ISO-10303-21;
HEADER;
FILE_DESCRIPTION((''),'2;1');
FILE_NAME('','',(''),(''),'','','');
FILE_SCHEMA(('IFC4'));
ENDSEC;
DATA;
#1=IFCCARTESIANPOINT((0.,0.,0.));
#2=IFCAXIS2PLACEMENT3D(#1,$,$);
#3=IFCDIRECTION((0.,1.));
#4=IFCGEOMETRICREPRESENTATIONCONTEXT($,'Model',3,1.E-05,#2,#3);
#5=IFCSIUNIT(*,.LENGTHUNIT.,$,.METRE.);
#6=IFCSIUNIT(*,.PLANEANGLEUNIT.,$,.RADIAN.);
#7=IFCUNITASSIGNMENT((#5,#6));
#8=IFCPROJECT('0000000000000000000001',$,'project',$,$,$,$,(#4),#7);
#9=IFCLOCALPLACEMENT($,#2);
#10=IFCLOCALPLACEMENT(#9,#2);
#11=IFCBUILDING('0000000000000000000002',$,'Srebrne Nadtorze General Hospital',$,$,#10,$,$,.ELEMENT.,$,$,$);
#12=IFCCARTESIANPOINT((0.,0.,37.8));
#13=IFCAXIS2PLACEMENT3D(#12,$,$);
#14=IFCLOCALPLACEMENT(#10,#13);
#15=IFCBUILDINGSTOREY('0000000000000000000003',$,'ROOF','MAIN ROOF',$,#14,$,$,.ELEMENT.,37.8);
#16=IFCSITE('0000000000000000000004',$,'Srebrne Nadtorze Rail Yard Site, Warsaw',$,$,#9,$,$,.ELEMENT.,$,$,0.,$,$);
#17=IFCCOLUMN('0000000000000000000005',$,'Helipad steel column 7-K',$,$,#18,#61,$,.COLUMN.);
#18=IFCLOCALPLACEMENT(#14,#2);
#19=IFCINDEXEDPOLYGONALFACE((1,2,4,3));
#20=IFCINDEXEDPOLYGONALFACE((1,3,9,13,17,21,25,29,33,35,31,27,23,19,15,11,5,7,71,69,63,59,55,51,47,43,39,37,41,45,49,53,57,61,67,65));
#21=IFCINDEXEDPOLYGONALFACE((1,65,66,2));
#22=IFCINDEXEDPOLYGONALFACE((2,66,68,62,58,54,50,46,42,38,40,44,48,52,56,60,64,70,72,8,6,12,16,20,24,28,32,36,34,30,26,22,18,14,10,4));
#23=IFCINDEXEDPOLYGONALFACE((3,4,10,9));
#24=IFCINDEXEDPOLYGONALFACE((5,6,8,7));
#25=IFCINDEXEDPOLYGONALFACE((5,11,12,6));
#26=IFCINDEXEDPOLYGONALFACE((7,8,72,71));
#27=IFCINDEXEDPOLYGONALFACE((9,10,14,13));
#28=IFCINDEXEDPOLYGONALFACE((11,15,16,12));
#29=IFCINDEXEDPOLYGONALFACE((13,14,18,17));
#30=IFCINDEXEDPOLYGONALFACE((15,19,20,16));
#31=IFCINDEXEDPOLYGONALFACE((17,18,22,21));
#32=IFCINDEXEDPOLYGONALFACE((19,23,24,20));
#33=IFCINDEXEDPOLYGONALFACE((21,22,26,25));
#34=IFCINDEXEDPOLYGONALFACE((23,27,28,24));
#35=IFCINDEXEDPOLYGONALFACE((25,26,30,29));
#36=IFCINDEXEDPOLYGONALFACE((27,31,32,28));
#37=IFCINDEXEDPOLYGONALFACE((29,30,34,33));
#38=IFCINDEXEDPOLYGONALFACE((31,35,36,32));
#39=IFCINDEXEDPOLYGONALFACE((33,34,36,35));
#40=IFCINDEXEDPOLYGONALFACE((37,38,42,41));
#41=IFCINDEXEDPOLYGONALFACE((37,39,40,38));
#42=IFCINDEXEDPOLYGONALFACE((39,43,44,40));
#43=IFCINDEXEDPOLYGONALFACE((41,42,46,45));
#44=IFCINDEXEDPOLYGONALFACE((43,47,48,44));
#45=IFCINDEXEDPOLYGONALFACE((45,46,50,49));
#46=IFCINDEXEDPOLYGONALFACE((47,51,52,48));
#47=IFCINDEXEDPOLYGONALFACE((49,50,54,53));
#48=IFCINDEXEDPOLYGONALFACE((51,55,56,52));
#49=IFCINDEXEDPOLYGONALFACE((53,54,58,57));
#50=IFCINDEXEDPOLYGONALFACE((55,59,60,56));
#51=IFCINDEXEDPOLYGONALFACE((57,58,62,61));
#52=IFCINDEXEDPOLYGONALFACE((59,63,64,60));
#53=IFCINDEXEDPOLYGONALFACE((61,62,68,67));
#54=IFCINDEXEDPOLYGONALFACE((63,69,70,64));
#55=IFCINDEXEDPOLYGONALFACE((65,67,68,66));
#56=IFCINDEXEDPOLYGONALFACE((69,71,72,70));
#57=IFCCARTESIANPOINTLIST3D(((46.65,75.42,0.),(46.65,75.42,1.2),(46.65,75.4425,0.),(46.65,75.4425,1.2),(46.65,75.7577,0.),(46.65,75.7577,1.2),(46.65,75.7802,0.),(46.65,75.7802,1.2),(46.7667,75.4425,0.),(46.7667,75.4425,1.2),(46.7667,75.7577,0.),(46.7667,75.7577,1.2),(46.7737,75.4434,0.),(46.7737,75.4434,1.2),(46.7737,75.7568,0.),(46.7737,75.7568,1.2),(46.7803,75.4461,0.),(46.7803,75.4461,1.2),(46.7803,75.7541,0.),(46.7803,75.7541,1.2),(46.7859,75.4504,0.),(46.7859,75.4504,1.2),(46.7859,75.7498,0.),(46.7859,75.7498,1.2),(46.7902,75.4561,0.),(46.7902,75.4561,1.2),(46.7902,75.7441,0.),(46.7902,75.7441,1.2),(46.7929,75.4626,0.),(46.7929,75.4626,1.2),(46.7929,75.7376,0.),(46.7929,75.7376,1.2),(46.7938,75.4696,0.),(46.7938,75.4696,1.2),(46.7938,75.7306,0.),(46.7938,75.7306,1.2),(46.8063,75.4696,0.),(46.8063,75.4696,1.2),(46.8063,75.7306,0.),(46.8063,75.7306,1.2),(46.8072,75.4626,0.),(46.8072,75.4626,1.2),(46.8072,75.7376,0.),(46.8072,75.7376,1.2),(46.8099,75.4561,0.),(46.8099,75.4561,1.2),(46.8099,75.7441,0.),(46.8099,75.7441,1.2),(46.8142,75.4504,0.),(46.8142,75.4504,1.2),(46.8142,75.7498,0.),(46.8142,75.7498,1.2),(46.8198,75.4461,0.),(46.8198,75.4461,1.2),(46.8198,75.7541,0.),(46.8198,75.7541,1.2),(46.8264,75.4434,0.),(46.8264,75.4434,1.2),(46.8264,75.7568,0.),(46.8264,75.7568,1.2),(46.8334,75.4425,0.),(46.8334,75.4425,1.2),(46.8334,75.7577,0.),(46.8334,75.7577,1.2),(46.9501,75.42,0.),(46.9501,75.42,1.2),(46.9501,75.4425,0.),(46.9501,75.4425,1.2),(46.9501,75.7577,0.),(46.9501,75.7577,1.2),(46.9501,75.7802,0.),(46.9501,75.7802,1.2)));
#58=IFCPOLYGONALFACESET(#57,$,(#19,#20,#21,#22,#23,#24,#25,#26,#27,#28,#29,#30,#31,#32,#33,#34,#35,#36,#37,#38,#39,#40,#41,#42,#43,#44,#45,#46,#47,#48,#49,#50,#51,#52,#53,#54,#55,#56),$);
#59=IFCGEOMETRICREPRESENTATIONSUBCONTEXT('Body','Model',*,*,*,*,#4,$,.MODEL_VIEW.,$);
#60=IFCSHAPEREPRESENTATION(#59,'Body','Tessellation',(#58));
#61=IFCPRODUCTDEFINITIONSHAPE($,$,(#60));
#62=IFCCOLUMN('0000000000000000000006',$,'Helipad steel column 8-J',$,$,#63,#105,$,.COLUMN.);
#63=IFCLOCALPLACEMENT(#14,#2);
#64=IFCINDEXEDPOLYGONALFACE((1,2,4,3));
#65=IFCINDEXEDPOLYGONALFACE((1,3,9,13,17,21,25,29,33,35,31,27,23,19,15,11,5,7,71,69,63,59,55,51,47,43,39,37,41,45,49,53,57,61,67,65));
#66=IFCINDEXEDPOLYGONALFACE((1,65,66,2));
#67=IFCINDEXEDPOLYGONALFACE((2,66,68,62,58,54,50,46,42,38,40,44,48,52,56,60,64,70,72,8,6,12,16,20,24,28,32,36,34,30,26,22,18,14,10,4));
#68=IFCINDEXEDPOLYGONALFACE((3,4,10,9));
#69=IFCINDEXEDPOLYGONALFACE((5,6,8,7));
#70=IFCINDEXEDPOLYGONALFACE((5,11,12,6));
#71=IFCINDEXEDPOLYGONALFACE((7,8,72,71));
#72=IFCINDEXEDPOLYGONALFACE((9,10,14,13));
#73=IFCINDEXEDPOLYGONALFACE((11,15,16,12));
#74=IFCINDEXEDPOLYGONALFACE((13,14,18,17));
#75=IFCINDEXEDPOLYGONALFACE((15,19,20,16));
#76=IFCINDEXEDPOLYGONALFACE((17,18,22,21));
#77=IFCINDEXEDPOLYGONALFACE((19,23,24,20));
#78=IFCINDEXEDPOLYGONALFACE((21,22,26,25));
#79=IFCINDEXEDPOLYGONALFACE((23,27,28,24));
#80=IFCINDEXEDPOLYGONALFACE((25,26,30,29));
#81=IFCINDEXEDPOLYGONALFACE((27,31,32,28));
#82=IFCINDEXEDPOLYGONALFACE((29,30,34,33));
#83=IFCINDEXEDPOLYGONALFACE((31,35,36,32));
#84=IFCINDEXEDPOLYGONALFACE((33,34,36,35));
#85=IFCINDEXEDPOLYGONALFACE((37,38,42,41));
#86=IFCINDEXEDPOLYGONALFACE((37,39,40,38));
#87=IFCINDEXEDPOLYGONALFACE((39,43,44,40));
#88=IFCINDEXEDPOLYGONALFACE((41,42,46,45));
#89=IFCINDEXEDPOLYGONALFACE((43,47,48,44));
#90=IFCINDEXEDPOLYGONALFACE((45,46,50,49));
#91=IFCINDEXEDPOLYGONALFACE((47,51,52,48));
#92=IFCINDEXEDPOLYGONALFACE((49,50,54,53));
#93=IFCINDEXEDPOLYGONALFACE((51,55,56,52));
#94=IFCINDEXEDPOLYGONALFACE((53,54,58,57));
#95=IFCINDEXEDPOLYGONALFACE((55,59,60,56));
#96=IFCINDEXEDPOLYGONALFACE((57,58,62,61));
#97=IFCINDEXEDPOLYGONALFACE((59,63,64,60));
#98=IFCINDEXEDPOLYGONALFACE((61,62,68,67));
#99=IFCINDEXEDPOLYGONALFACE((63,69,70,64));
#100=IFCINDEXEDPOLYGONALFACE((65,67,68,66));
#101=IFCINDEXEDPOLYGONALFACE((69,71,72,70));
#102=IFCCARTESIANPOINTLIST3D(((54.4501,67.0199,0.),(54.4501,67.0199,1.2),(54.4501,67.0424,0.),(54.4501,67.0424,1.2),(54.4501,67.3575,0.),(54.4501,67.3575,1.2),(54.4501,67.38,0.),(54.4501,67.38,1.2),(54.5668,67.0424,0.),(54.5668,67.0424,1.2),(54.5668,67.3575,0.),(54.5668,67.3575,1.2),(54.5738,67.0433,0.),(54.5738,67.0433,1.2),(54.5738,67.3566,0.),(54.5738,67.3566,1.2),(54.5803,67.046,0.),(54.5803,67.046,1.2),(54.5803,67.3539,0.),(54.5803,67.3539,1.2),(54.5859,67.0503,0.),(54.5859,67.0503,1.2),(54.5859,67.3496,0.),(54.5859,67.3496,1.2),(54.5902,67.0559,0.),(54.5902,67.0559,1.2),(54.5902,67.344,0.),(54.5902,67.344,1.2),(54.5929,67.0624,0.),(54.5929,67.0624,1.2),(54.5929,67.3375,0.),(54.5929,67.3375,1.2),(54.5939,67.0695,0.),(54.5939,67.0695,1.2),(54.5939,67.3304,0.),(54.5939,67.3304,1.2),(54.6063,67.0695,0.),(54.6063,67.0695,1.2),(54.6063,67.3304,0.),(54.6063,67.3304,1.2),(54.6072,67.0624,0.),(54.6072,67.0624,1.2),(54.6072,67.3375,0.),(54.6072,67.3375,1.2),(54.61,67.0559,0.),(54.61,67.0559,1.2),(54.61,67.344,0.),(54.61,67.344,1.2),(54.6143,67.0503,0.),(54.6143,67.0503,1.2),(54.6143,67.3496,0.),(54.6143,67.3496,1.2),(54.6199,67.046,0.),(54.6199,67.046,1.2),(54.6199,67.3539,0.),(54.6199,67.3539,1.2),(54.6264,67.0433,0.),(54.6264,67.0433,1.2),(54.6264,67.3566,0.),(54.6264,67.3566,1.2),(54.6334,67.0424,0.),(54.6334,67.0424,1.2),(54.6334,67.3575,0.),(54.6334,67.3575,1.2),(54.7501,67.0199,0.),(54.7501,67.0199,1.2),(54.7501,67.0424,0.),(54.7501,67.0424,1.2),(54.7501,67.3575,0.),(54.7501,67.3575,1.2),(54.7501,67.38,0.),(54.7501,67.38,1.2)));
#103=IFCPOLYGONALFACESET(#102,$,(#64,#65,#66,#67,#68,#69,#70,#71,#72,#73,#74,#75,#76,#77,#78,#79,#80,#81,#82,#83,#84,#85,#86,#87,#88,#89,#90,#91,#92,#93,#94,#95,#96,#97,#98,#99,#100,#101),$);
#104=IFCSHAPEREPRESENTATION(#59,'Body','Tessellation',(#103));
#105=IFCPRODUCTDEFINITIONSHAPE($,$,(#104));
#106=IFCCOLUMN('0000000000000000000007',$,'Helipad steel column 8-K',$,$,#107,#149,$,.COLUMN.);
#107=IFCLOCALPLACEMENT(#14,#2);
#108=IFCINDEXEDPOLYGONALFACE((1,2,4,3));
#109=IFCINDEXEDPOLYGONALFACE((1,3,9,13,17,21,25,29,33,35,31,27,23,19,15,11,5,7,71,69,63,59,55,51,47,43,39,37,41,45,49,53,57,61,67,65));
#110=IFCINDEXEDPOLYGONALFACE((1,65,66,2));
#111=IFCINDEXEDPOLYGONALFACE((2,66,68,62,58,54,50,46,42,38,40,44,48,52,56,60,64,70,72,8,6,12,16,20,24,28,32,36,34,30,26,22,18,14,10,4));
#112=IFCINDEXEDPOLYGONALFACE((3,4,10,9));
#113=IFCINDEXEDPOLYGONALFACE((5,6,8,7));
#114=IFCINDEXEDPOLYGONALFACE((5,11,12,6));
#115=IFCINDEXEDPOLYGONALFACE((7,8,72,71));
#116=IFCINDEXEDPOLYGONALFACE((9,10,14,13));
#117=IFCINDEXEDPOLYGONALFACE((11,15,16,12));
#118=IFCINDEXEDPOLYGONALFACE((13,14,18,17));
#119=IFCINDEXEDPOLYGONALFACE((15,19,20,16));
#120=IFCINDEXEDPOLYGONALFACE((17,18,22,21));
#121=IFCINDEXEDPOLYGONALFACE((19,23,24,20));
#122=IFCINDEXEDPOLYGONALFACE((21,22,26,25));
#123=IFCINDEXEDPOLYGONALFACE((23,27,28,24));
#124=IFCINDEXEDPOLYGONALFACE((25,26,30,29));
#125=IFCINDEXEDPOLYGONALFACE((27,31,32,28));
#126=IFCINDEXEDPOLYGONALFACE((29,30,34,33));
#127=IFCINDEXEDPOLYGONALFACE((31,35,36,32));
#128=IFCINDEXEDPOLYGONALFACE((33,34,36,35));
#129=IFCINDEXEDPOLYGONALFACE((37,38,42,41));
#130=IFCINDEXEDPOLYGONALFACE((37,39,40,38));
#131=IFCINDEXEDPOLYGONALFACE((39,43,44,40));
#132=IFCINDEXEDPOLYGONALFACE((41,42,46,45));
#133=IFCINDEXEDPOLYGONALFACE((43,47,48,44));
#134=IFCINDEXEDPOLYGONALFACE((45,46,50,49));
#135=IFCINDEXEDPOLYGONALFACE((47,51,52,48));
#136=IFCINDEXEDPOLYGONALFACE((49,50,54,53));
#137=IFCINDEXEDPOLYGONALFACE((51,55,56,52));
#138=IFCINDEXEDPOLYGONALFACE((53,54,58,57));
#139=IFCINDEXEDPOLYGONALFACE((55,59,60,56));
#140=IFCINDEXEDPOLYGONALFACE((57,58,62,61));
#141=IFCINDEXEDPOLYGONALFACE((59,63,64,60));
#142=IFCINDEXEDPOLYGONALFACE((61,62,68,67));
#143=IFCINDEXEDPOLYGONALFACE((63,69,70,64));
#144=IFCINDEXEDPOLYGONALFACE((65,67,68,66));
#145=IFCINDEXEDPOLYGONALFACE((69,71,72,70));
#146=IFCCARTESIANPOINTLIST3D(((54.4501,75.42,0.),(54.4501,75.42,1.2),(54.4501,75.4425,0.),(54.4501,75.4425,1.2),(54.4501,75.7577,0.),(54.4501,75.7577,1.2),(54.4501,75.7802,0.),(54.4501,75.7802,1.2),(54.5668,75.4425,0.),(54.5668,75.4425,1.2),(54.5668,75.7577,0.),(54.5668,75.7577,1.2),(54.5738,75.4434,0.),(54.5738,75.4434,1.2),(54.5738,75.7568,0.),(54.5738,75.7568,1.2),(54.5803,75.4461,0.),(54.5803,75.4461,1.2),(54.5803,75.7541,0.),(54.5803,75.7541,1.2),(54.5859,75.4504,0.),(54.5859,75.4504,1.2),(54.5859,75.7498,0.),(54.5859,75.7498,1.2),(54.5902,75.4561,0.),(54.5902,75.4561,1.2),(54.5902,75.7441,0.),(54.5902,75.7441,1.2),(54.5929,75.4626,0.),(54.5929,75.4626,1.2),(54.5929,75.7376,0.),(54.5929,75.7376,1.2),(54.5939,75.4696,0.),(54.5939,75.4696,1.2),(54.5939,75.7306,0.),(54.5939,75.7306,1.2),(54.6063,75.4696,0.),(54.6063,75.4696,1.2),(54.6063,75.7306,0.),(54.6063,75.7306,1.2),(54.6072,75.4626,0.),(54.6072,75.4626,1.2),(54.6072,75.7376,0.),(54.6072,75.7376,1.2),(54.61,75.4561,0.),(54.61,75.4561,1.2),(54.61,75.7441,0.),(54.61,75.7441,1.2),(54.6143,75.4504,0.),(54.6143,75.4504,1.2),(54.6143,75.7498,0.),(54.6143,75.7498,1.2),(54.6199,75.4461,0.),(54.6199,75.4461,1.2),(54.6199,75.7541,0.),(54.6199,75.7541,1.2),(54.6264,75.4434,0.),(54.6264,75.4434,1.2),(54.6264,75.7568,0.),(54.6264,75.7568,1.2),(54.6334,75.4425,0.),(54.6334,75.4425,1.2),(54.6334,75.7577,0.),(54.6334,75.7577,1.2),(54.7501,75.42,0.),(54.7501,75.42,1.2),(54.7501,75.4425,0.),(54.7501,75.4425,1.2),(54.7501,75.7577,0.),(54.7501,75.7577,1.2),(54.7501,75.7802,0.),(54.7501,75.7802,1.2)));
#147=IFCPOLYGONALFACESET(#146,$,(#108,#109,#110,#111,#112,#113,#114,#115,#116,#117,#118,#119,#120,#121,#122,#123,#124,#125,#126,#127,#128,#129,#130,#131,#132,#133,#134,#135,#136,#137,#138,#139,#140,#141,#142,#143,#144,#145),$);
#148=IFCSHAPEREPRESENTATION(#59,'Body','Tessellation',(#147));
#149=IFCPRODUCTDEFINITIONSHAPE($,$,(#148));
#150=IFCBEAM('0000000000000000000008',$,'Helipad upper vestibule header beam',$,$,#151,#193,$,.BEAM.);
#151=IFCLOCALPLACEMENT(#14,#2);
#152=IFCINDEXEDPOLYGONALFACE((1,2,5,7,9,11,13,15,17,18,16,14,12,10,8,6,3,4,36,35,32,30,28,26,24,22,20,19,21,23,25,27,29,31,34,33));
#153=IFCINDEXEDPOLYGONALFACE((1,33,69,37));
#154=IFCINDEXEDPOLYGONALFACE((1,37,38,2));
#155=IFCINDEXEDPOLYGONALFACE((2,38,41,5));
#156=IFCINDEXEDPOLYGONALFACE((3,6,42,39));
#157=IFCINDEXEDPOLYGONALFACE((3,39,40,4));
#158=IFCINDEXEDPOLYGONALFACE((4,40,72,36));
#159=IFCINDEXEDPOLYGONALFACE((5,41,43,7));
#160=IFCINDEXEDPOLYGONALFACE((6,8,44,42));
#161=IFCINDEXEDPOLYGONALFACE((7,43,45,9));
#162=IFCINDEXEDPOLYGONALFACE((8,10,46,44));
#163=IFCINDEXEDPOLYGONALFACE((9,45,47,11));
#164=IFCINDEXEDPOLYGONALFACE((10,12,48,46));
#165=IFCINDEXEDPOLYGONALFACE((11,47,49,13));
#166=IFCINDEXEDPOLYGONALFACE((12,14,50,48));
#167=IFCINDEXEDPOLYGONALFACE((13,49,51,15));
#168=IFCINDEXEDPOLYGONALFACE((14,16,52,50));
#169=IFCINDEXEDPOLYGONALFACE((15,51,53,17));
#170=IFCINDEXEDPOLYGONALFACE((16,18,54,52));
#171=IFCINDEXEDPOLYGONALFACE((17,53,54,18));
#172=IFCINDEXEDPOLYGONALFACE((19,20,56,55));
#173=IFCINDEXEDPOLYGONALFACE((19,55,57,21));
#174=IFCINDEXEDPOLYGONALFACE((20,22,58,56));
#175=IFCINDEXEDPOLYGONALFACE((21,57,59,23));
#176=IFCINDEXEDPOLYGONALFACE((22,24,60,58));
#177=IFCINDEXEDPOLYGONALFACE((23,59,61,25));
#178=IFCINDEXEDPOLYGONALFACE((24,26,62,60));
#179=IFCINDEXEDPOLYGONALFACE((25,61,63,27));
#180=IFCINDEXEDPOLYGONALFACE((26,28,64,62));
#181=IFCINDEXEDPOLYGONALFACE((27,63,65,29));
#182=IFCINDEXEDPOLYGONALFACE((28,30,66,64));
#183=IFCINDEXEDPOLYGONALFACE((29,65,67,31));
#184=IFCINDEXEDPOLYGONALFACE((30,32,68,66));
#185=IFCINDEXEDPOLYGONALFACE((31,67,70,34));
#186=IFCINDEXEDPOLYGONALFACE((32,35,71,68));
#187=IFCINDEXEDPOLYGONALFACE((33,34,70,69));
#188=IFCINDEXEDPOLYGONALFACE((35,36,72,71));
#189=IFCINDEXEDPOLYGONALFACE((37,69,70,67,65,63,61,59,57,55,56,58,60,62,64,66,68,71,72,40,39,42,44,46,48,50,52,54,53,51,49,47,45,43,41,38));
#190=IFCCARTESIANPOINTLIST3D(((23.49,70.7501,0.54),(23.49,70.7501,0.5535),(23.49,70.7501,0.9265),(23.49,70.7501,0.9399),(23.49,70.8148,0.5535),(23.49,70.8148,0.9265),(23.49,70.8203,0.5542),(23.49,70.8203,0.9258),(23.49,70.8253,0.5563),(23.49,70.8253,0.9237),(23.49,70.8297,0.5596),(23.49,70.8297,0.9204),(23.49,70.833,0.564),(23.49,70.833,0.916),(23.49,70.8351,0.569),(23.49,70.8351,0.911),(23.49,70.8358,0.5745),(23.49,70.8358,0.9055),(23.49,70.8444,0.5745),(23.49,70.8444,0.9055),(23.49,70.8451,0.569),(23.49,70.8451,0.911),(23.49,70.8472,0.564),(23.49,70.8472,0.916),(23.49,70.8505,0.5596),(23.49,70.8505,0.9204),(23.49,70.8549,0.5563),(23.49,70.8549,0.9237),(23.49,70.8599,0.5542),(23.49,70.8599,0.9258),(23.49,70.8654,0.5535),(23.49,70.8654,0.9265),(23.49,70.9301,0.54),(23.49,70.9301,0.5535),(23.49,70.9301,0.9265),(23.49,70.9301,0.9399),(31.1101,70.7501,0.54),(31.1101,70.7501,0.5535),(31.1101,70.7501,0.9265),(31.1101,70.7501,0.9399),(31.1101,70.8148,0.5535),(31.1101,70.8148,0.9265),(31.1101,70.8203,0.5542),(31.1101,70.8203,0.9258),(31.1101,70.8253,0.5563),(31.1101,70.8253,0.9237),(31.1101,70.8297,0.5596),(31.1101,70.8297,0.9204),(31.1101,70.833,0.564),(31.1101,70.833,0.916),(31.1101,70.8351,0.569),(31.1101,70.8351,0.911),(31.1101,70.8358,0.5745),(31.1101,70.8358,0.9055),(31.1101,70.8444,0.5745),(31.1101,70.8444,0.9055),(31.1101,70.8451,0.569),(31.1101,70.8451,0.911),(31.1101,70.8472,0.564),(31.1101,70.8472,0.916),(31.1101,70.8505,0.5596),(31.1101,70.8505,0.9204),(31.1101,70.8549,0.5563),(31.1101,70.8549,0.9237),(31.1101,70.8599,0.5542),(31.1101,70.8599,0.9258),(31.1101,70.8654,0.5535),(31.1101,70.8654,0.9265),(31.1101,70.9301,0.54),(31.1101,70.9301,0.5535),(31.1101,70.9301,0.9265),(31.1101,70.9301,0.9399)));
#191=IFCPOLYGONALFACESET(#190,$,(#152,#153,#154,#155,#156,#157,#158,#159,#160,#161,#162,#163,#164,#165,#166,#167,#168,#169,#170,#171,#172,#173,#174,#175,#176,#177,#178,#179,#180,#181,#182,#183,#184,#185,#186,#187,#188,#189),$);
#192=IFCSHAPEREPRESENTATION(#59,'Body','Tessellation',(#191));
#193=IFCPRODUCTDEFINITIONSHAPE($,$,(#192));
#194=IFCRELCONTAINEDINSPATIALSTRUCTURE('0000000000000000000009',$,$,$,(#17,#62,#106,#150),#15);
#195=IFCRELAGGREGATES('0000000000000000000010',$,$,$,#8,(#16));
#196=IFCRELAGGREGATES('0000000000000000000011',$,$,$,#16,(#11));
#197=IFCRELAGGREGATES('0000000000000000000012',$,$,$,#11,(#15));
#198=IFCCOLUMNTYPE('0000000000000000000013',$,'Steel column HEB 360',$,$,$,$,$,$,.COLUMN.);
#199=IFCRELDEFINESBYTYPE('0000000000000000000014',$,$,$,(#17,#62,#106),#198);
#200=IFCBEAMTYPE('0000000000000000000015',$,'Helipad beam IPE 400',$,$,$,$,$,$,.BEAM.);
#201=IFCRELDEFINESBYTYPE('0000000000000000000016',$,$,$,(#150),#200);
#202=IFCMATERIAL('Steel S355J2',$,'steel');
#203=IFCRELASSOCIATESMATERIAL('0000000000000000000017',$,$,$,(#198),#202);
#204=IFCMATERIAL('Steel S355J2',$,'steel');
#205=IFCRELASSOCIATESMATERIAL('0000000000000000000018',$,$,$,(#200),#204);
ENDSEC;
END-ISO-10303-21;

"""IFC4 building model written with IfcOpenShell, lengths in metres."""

from ifc_helpers import new_model, si_unit, direction, frame, origin, origin_2d, place, context, subcontext, project, spatial, i_section, extrude, material, material_profile, profile_set, type_object, element, save


model = new_model("IFC4")

# Units and contexts
model_context = context("Model", 3, precision=1e-05, world=origin(), true_north=direction((0.0, 1.0)))
body_context = subcontext(model_context, "Body", "Model", "MODEL_VIEW")
ifc_project = project(units=[si_unit("LENGTHUNIT", "METRE"), si_unit("PLANEANGLEUNIT", "RADIAN")], contexts=[model_context])

# Site, building, storey
site_placement = place(None, origin())
site = spatial("IfcSite", under=ifc_project, at=site_placement, Name="Srebrne Nadtorze Rail Yard Site, Warsaw", CompositionType="ELEMENT", RefElevation=0.0)
building_placement = place(site_placement, origin())
building = spatial("IfcBuilding", under=site, at=building_placement, Name="Srebrne Nadtorze General Hospital", CompositionType="ELEMENT")
storey_placement = place(building_placement, frame((0.0, 0.0, 37.8)))
storey = spatial("IfcBuildingStorey", under=building, at=storey_placement, Name="ROOF", Description="MAIN ROOF", CompositionType="ELEMENT", Elevation=37.8)

# Columns
ifc_material_1 = material(Name="Steel S355J2", Category="steel")
ifc_material_profile_1 = material_profile(ifc_material_1, i_section(OverallWidth=0.3, OverallDepth=0.3601, WebThickness=0.0125, FlangeThickness=0.0225, FilletRadius=0.0271, at=origin_2d()), Name="HEB-360")
ifc_profile_set_1 = profile_set([ifc_material_profile_1], Name="Steel S355J2")
column_type_1 = type_object("IfcColumnType", Name="Steel column HEB 360", PredefinedType="COLUMN", material=ifc_profile_set_1)
for number, where, z_axis, x_axis, name in (
    (1, (46.8, 75.6001, 0.0), (0.0, 0.0, 1.0), (1.0, 0.0, 0.0), "Helipad steel column 7-K"),
    (2, (54.6001, 67.2, 0.0), (0.0, 0.0, 1.0), (1.0, 0.0, 0.0), "Helipad steel column 8-J"),
    (3, (54.6001, 75.6001, 0.0), (0.0, 0.0, 1.0), (1.0, 0.0, 0.0), "Helipad steel column 8-K"),
):
    element("IfcColumn", number, at=place(storey_placement, frame(where, z_axis=z_axis, x_axis=x_axis)), inside=storey, type_object=column_type_1, Name=name, PredefinedType="COLUMN", context=body_context, shape_type="SweptSolid", body=[
        extrude(i_section(OverallWidth=0.3, OverallDepth=0.3601, WebThickness=0.0125, FlangeThickness=0.0225, FilletRadius=0.0271, at=origin_2d()), origin(), (0.0, 0.0, 1.0), 1.2),
    ])

# Beam
ifc_material_2 = material(Name="Steel S355J2", Category="steel")
ifc_material_profile_2 = material_profile(ifc_material_2, i_section(OverallWidth=0.1799, OverallDepth=0.3999, WebThickness=0.0085, FlangeThickness=0.0134, FilletRadius=0.021, at=origin_2d()), Name="IPE-400")
ifc_profile_set_2 = profile_set([ifc_material_profile_2], Name="Steel S355J2")
beam_type = type_object("IfcBeamType", Name="Helipad beam IPE 400", PredefinedType="BEAM", material=ifc_profile_set_2)
beam_placement = place(storey_placement, frame((23.49, 70.8401, 0.74), z_axis=(1.0, 0.0, 0.0), x_axis=(0.0, 1.0, 0.0)))
element("IfcBeam", 4, at=beam_placement, inside=storey, type_object=beam_type, Name="Helipad upper vestibule header beam", PredefinedType="BEAM", context=body_context, shape_type="SweptSolid", body=[
    extrude(i_section(OverallWidth=0.1799, OverallDepth=0.3999, WebThickness=0.0085, FlangeThickness=0.0134, FilletRadius=0.021, at=origin_2d()), origin(), (0.0, 0.0, 1.0), 7.6201),
])

save(model, "model.ifc")
